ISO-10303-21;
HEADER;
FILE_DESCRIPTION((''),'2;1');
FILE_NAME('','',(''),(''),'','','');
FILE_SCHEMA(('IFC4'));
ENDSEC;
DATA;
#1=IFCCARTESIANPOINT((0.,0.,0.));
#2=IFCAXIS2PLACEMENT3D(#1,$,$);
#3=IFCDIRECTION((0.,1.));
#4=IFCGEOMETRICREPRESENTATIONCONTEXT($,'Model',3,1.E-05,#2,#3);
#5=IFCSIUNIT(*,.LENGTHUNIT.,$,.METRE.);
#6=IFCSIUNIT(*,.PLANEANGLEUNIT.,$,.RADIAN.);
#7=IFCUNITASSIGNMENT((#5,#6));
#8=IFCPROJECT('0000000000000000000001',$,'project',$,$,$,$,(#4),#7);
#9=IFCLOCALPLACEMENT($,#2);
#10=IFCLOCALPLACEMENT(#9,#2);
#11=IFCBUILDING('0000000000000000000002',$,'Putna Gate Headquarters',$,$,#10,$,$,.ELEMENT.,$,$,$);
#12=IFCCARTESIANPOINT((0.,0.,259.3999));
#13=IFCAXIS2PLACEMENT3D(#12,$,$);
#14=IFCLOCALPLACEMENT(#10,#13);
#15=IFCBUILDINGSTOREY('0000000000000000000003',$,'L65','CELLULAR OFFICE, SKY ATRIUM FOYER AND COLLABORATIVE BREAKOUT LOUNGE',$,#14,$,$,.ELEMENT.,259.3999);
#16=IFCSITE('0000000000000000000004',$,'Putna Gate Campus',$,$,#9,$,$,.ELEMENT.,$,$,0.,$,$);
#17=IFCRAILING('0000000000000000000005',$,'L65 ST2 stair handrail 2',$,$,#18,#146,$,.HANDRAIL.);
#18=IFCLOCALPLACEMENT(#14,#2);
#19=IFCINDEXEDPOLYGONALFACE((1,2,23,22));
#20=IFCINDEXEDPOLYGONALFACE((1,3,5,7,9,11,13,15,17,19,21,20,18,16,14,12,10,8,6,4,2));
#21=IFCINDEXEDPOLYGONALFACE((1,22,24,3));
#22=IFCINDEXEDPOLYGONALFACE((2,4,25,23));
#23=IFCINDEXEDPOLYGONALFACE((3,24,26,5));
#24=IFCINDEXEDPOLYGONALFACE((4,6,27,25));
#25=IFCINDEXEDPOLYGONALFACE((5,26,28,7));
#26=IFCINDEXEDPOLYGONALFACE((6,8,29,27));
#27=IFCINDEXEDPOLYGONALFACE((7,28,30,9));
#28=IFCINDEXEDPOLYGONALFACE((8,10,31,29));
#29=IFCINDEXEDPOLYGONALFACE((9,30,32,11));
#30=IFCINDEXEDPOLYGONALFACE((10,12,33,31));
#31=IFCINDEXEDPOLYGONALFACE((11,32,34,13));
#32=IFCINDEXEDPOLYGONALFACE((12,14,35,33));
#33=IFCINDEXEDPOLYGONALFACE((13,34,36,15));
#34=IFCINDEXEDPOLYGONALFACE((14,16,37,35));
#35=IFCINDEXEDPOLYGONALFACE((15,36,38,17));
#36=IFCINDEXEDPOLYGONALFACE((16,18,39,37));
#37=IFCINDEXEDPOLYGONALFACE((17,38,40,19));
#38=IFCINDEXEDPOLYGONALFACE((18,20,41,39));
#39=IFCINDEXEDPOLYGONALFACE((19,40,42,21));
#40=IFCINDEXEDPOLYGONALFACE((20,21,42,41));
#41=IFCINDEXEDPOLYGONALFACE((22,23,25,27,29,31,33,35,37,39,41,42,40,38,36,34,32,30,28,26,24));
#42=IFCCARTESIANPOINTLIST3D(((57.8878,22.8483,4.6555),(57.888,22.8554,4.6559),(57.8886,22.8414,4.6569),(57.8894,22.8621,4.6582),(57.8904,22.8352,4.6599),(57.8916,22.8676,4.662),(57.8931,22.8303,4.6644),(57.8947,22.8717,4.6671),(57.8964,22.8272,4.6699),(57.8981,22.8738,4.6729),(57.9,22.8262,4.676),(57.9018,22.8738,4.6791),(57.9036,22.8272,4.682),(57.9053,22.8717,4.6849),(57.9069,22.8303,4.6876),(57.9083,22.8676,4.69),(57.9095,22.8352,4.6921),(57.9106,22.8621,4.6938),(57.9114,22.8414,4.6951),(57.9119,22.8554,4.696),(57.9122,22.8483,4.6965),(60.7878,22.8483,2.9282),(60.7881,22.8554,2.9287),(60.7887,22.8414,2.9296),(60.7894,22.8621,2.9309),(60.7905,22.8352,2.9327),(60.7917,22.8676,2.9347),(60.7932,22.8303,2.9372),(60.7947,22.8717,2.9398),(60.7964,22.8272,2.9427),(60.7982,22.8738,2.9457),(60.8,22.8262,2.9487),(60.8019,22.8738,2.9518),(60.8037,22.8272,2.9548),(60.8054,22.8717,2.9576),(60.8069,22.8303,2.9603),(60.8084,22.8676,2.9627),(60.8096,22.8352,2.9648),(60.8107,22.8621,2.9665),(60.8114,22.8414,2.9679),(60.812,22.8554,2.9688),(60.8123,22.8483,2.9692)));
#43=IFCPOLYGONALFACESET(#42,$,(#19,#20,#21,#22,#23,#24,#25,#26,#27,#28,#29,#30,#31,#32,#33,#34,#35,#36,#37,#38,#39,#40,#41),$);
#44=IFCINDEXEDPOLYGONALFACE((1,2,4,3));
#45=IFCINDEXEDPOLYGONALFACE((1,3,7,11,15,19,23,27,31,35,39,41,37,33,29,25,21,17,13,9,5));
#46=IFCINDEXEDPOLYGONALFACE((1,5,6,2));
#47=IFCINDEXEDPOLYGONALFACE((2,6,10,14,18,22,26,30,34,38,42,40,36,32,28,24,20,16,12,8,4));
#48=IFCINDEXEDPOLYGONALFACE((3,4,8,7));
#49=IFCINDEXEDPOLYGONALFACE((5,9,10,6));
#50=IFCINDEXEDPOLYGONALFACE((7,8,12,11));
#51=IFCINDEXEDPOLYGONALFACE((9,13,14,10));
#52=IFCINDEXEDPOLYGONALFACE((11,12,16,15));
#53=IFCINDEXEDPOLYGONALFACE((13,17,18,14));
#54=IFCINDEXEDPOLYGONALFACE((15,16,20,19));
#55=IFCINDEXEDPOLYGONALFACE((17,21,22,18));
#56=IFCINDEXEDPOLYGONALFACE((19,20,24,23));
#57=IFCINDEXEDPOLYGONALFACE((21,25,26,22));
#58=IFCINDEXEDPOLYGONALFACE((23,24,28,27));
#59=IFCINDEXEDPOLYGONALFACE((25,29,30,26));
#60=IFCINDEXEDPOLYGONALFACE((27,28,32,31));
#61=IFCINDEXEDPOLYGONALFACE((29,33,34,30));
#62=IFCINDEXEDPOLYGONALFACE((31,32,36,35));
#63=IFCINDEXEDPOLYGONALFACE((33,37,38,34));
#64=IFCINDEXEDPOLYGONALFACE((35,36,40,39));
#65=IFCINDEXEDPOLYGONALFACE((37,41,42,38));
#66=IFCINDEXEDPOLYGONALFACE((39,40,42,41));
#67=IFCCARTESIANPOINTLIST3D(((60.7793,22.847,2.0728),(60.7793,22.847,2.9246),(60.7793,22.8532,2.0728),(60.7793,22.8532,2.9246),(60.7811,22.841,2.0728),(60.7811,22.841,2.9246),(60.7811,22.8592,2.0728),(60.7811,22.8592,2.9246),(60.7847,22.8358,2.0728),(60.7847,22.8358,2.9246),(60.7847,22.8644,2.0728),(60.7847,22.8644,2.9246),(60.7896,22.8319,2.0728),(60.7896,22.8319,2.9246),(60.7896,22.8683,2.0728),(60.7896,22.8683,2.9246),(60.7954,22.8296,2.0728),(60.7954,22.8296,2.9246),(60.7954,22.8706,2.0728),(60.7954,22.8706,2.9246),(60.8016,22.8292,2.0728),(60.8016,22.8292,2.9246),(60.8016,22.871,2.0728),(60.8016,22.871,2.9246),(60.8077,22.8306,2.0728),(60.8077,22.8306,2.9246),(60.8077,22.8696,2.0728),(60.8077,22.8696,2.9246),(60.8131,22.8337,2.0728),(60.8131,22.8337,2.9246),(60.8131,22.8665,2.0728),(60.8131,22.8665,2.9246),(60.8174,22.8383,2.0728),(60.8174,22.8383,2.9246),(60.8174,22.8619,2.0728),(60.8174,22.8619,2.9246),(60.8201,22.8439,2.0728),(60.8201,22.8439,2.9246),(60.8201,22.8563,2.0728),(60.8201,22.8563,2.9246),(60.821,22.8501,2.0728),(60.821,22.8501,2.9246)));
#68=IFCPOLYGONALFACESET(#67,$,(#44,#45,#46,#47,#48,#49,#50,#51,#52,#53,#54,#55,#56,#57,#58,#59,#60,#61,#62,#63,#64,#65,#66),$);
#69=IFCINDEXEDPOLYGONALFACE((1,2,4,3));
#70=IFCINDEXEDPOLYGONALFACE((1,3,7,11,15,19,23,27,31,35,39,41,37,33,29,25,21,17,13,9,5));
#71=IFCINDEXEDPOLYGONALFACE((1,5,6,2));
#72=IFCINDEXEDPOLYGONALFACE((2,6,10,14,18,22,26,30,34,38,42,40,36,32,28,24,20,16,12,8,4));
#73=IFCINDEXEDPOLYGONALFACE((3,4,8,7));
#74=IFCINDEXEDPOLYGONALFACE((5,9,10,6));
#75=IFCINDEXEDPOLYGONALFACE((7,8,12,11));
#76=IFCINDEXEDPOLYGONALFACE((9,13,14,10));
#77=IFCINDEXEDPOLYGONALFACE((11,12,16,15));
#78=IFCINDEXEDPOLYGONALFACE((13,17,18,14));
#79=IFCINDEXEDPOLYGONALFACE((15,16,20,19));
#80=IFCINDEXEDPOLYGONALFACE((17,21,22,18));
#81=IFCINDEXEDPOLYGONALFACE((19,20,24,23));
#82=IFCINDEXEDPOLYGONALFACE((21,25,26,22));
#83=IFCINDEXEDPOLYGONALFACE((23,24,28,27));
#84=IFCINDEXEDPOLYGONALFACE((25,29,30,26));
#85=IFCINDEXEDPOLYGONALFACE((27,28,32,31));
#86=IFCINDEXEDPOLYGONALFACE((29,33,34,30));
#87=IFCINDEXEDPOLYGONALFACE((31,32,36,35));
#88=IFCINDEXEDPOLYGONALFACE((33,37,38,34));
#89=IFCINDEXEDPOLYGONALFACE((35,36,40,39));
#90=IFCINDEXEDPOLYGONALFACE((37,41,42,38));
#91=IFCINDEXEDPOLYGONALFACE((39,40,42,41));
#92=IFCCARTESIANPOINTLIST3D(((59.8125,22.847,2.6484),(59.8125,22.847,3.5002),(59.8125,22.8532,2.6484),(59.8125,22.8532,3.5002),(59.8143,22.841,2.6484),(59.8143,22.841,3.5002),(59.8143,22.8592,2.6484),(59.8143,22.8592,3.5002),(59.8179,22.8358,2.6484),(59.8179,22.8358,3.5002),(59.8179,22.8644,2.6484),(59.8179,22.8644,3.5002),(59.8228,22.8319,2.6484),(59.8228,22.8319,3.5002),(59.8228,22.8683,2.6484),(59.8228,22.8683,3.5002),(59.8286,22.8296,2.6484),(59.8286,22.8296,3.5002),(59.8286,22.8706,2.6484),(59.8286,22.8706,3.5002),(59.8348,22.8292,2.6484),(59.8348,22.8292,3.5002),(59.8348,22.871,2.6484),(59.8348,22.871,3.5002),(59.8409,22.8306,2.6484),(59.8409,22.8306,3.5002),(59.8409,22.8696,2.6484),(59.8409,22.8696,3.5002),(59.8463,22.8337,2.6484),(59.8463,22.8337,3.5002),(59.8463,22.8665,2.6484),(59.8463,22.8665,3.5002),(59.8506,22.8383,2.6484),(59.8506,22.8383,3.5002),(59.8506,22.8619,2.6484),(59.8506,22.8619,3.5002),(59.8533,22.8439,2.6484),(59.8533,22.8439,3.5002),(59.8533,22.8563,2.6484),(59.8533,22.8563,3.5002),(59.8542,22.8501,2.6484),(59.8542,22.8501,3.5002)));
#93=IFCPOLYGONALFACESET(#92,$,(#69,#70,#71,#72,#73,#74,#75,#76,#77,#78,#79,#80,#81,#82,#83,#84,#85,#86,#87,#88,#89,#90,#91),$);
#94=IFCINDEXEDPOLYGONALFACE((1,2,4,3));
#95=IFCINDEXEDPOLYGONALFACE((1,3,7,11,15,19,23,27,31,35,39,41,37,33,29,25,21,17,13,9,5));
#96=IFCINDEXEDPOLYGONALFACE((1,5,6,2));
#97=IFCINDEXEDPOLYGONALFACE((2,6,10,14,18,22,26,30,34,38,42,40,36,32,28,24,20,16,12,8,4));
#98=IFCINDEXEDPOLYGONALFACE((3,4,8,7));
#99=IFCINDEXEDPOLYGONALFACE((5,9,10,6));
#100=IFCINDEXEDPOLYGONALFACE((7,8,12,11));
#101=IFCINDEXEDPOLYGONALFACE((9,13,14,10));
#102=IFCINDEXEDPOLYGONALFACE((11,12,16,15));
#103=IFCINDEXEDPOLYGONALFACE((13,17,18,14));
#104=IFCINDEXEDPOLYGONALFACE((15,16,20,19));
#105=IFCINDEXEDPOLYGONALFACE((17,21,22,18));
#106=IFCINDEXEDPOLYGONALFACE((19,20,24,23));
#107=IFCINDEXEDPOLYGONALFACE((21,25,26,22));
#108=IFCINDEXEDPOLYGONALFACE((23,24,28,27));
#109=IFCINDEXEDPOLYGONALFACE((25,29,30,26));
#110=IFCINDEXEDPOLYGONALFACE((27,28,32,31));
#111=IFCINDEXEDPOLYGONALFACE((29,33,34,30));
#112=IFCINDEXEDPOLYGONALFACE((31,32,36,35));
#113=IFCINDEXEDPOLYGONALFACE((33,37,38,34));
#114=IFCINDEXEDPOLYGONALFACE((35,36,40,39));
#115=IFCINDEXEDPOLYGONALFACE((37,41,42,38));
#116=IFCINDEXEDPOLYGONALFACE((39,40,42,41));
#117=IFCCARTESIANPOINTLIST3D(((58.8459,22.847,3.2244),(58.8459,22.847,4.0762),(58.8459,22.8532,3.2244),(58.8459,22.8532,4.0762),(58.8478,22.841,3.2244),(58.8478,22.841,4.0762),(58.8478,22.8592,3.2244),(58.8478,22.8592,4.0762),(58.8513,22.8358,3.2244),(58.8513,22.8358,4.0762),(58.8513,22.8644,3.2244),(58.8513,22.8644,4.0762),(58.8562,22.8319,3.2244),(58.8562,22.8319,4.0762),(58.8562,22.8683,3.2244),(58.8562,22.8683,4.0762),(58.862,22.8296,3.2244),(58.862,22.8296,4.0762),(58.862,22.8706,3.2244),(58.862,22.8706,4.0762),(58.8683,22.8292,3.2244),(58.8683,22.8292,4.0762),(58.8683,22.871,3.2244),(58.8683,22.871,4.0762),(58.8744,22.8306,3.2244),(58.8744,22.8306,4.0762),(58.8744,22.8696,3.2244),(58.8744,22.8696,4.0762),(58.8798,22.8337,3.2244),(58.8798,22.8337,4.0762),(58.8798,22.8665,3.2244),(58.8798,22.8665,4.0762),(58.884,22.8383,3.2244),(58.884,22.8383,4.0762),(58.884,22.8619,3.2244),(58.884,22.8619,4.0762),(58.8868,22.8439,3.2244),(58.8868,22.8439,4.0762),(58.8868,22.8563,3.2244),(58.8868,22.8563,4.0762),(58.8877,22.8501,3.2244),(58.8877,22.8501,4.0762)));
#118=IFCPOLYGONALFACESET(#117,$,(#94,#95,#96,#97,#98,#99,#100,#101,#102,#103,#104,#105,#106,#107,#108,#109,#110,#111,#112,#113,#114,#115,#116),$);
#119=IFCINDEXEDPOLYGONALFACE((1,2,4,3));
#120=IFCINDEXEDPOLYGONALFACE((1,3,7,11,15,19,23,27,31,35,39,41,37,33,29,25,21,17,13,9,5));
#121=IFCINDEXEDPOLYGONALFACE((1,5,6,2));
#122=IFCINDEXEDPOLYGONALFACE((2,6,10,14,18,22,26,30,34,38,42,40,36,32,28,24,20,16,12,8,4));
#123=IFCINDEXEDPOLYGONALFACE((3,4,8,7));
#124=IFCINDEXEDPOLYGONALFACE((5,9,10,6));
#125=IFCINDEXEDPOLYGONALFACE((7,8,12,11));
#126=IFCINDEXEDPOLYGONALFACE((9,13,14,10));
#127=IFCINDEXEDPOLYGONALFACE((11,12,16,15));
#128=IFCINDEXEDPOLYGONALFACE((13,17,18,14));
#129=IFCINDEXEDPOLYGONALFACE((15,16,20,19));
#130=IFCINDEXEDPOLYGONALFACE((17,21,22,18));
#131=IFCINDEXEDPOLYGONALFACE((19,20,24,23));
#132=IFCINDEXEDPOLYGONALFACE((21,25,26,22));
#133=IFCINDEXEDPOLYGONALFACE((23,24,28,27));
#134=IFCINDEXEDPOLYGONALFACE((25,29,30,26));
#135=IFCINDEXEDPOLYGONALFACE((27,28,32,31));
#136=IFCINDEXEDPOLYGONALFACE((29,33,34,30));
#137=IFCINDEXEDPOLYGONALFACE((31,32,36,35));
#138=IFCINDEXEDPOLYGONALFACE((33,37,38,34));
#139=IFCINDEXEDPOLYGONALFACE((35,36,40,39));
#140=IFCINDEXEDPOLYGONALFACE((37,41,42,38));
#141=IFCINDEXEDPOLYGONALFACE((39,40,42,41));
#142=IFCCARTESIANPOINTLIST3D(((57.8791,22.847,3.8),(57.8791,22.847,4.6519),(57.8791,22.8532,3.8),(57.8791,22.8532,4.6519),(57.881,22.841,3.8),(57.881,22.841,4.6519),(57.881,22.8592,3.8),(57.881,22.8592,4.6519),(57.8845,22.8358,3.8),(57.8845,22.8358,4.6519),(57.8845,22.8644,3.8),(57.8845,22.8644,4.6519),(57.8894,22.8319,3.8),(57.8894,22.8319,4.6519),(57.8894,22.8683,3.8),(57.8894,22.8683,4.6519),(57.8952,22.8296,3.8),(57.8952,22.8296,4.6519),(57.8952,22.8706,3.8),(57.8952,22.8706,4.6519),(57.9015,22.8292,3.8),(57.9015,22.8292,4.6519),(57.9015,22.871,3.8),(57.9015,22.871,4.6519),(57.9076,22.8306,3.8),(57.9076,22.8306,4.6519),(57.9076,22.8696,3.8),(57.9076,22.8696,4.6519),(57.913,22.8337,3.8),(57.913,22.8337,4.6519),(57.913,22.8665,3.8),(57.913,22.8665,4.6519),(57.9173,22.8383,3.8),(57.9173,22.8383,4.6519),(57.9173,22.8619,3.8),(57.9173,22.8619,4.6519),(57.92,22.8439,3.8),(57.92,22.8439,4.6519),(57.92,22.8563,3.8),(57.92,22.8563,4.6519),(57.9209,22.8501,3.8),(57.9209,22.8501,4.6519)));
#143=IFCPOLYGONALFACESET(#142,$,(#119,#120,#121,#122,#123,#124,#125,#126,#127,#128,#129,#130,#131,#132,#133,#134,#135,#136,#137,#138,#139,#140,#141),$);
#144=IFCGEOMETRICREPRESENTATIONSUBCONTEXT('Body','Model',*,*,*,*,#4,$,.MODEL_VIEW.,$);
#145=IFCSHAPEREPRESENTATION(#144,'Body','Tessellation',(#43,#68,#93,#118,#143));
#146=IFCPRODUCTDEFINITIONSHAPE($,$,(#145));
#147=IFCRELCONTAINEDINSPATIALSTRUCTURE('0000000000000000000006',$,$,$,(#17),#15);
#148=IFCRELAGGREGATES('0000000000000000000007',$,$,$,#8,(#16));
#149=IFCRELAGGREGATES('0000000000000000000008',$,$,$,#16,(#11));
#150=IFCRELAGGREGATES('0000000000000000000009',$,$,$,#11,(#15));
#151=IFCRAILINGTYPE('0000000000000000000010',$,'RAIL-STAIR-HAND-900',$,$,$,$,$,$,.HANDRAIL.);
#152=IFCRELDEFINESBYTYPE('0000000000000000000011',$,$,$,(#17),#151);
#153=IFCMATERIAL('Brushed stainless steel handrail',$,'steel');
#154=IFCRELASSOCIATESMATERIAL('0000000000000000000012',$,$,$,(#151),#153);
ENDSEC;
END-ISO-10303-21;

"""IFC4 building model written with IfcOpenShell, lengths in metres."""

from ifc_helpers import new_model, si_unit, direction, frame, origin, origin_2d, place, context, subcontext, project, spatial, circle, extrude, material, type_object, element, save


model = new_model("IFC4")

# Units and contexts
model_context = context("Model", 3, precision=1e-05, world=origin(), true_north=direction((0.0, 1.0)))
body_context = subcontext(model_context, "Body", "Model", "MODEL_VIEW")
ifc_project = project(units=[si_unit("LENGTHUNIT", "METRE"), si_unit("PLANEANGLEUNIT", "RADIAN")], contexts=[model_context])

# Site, building, storey
site_placement = place(None, origin())
site = spatial("IfcSite", under=ifc_project, at=site_placement, Name="Putna Gate Campus", CompositionType="ELEMENT", RefElevation=0.0)
building_placement = place(site_placement, origin())
building = spatial("IfcBuilding", under=site, at=building_placement, Name="Putna Gate Headquarters", CompositionType="ELEMENT")
storey_placement = place(building_placement, frame((0.0, 0.0, 259.3999)))
storey = spatial("IfcBuildingStorey", under=building, at=storey_placement, Name="L65", Description="CELLULAR OFFICE, SKY ATRIUM FOYER AND COLLABORATIVE BREAKOUT LOUNGE", CompositionType="ELEMENT", Elevation=259.3999)

# Railing
ifc_material_1 = material(Name="Brushed stainless steel handrail", Category="steel")
railing_type_1 = type_object("IfcRailingType", Name="RAIL-STAIR-HAND-900", PredefinedType="HANDRAIL", material=ifc_material_1)
railing_1_placement = place(storey_placement, frame((60.8, 22.8501, 2.0728)))
element("IfcRailing", 1, at=railing_1_placement, inside=storey, type_object=railing_type_1, Name="L65 ST2 stair handrail 2", PredefinedType="HANDRAIL", context=body_context, shape_type="SweptSolid", body=[
    extrude(circle(Radius=0.0239, at=origin_2d()), frame((0.0, 0.0, 0.876), z_axis=(-0.85916, 0.0, 0.511706), x_axis=(0.0, -1.0, 0.0)), (0.0, 0.0, 1.0), 3.3755),
    extrude(circle(Radius=0.021, at=origin_2d()), origin(), (0.0, 0.0, 1.0), 0.8518),
    extrude(circle(Radius=0.021, at=origin_2d()), frame((-0.9668, 0.0, 0.5757)), (0.0, 0.0, 1.0), 0.8518),
    extrude(circle(Radius=0.021, at=origin_2d()), frame((-1.9333, 0.0, 1.1516)), (0.0, 0.0, 1.0), 0.8518),
    extrude(circle(Radius=0.021, at=origin_2d()), frame((-2.9001, 0.0, 1.7273)), (0.0, 0.0, 1.0), 0.8518),
])

save(model, "model.ifc")
